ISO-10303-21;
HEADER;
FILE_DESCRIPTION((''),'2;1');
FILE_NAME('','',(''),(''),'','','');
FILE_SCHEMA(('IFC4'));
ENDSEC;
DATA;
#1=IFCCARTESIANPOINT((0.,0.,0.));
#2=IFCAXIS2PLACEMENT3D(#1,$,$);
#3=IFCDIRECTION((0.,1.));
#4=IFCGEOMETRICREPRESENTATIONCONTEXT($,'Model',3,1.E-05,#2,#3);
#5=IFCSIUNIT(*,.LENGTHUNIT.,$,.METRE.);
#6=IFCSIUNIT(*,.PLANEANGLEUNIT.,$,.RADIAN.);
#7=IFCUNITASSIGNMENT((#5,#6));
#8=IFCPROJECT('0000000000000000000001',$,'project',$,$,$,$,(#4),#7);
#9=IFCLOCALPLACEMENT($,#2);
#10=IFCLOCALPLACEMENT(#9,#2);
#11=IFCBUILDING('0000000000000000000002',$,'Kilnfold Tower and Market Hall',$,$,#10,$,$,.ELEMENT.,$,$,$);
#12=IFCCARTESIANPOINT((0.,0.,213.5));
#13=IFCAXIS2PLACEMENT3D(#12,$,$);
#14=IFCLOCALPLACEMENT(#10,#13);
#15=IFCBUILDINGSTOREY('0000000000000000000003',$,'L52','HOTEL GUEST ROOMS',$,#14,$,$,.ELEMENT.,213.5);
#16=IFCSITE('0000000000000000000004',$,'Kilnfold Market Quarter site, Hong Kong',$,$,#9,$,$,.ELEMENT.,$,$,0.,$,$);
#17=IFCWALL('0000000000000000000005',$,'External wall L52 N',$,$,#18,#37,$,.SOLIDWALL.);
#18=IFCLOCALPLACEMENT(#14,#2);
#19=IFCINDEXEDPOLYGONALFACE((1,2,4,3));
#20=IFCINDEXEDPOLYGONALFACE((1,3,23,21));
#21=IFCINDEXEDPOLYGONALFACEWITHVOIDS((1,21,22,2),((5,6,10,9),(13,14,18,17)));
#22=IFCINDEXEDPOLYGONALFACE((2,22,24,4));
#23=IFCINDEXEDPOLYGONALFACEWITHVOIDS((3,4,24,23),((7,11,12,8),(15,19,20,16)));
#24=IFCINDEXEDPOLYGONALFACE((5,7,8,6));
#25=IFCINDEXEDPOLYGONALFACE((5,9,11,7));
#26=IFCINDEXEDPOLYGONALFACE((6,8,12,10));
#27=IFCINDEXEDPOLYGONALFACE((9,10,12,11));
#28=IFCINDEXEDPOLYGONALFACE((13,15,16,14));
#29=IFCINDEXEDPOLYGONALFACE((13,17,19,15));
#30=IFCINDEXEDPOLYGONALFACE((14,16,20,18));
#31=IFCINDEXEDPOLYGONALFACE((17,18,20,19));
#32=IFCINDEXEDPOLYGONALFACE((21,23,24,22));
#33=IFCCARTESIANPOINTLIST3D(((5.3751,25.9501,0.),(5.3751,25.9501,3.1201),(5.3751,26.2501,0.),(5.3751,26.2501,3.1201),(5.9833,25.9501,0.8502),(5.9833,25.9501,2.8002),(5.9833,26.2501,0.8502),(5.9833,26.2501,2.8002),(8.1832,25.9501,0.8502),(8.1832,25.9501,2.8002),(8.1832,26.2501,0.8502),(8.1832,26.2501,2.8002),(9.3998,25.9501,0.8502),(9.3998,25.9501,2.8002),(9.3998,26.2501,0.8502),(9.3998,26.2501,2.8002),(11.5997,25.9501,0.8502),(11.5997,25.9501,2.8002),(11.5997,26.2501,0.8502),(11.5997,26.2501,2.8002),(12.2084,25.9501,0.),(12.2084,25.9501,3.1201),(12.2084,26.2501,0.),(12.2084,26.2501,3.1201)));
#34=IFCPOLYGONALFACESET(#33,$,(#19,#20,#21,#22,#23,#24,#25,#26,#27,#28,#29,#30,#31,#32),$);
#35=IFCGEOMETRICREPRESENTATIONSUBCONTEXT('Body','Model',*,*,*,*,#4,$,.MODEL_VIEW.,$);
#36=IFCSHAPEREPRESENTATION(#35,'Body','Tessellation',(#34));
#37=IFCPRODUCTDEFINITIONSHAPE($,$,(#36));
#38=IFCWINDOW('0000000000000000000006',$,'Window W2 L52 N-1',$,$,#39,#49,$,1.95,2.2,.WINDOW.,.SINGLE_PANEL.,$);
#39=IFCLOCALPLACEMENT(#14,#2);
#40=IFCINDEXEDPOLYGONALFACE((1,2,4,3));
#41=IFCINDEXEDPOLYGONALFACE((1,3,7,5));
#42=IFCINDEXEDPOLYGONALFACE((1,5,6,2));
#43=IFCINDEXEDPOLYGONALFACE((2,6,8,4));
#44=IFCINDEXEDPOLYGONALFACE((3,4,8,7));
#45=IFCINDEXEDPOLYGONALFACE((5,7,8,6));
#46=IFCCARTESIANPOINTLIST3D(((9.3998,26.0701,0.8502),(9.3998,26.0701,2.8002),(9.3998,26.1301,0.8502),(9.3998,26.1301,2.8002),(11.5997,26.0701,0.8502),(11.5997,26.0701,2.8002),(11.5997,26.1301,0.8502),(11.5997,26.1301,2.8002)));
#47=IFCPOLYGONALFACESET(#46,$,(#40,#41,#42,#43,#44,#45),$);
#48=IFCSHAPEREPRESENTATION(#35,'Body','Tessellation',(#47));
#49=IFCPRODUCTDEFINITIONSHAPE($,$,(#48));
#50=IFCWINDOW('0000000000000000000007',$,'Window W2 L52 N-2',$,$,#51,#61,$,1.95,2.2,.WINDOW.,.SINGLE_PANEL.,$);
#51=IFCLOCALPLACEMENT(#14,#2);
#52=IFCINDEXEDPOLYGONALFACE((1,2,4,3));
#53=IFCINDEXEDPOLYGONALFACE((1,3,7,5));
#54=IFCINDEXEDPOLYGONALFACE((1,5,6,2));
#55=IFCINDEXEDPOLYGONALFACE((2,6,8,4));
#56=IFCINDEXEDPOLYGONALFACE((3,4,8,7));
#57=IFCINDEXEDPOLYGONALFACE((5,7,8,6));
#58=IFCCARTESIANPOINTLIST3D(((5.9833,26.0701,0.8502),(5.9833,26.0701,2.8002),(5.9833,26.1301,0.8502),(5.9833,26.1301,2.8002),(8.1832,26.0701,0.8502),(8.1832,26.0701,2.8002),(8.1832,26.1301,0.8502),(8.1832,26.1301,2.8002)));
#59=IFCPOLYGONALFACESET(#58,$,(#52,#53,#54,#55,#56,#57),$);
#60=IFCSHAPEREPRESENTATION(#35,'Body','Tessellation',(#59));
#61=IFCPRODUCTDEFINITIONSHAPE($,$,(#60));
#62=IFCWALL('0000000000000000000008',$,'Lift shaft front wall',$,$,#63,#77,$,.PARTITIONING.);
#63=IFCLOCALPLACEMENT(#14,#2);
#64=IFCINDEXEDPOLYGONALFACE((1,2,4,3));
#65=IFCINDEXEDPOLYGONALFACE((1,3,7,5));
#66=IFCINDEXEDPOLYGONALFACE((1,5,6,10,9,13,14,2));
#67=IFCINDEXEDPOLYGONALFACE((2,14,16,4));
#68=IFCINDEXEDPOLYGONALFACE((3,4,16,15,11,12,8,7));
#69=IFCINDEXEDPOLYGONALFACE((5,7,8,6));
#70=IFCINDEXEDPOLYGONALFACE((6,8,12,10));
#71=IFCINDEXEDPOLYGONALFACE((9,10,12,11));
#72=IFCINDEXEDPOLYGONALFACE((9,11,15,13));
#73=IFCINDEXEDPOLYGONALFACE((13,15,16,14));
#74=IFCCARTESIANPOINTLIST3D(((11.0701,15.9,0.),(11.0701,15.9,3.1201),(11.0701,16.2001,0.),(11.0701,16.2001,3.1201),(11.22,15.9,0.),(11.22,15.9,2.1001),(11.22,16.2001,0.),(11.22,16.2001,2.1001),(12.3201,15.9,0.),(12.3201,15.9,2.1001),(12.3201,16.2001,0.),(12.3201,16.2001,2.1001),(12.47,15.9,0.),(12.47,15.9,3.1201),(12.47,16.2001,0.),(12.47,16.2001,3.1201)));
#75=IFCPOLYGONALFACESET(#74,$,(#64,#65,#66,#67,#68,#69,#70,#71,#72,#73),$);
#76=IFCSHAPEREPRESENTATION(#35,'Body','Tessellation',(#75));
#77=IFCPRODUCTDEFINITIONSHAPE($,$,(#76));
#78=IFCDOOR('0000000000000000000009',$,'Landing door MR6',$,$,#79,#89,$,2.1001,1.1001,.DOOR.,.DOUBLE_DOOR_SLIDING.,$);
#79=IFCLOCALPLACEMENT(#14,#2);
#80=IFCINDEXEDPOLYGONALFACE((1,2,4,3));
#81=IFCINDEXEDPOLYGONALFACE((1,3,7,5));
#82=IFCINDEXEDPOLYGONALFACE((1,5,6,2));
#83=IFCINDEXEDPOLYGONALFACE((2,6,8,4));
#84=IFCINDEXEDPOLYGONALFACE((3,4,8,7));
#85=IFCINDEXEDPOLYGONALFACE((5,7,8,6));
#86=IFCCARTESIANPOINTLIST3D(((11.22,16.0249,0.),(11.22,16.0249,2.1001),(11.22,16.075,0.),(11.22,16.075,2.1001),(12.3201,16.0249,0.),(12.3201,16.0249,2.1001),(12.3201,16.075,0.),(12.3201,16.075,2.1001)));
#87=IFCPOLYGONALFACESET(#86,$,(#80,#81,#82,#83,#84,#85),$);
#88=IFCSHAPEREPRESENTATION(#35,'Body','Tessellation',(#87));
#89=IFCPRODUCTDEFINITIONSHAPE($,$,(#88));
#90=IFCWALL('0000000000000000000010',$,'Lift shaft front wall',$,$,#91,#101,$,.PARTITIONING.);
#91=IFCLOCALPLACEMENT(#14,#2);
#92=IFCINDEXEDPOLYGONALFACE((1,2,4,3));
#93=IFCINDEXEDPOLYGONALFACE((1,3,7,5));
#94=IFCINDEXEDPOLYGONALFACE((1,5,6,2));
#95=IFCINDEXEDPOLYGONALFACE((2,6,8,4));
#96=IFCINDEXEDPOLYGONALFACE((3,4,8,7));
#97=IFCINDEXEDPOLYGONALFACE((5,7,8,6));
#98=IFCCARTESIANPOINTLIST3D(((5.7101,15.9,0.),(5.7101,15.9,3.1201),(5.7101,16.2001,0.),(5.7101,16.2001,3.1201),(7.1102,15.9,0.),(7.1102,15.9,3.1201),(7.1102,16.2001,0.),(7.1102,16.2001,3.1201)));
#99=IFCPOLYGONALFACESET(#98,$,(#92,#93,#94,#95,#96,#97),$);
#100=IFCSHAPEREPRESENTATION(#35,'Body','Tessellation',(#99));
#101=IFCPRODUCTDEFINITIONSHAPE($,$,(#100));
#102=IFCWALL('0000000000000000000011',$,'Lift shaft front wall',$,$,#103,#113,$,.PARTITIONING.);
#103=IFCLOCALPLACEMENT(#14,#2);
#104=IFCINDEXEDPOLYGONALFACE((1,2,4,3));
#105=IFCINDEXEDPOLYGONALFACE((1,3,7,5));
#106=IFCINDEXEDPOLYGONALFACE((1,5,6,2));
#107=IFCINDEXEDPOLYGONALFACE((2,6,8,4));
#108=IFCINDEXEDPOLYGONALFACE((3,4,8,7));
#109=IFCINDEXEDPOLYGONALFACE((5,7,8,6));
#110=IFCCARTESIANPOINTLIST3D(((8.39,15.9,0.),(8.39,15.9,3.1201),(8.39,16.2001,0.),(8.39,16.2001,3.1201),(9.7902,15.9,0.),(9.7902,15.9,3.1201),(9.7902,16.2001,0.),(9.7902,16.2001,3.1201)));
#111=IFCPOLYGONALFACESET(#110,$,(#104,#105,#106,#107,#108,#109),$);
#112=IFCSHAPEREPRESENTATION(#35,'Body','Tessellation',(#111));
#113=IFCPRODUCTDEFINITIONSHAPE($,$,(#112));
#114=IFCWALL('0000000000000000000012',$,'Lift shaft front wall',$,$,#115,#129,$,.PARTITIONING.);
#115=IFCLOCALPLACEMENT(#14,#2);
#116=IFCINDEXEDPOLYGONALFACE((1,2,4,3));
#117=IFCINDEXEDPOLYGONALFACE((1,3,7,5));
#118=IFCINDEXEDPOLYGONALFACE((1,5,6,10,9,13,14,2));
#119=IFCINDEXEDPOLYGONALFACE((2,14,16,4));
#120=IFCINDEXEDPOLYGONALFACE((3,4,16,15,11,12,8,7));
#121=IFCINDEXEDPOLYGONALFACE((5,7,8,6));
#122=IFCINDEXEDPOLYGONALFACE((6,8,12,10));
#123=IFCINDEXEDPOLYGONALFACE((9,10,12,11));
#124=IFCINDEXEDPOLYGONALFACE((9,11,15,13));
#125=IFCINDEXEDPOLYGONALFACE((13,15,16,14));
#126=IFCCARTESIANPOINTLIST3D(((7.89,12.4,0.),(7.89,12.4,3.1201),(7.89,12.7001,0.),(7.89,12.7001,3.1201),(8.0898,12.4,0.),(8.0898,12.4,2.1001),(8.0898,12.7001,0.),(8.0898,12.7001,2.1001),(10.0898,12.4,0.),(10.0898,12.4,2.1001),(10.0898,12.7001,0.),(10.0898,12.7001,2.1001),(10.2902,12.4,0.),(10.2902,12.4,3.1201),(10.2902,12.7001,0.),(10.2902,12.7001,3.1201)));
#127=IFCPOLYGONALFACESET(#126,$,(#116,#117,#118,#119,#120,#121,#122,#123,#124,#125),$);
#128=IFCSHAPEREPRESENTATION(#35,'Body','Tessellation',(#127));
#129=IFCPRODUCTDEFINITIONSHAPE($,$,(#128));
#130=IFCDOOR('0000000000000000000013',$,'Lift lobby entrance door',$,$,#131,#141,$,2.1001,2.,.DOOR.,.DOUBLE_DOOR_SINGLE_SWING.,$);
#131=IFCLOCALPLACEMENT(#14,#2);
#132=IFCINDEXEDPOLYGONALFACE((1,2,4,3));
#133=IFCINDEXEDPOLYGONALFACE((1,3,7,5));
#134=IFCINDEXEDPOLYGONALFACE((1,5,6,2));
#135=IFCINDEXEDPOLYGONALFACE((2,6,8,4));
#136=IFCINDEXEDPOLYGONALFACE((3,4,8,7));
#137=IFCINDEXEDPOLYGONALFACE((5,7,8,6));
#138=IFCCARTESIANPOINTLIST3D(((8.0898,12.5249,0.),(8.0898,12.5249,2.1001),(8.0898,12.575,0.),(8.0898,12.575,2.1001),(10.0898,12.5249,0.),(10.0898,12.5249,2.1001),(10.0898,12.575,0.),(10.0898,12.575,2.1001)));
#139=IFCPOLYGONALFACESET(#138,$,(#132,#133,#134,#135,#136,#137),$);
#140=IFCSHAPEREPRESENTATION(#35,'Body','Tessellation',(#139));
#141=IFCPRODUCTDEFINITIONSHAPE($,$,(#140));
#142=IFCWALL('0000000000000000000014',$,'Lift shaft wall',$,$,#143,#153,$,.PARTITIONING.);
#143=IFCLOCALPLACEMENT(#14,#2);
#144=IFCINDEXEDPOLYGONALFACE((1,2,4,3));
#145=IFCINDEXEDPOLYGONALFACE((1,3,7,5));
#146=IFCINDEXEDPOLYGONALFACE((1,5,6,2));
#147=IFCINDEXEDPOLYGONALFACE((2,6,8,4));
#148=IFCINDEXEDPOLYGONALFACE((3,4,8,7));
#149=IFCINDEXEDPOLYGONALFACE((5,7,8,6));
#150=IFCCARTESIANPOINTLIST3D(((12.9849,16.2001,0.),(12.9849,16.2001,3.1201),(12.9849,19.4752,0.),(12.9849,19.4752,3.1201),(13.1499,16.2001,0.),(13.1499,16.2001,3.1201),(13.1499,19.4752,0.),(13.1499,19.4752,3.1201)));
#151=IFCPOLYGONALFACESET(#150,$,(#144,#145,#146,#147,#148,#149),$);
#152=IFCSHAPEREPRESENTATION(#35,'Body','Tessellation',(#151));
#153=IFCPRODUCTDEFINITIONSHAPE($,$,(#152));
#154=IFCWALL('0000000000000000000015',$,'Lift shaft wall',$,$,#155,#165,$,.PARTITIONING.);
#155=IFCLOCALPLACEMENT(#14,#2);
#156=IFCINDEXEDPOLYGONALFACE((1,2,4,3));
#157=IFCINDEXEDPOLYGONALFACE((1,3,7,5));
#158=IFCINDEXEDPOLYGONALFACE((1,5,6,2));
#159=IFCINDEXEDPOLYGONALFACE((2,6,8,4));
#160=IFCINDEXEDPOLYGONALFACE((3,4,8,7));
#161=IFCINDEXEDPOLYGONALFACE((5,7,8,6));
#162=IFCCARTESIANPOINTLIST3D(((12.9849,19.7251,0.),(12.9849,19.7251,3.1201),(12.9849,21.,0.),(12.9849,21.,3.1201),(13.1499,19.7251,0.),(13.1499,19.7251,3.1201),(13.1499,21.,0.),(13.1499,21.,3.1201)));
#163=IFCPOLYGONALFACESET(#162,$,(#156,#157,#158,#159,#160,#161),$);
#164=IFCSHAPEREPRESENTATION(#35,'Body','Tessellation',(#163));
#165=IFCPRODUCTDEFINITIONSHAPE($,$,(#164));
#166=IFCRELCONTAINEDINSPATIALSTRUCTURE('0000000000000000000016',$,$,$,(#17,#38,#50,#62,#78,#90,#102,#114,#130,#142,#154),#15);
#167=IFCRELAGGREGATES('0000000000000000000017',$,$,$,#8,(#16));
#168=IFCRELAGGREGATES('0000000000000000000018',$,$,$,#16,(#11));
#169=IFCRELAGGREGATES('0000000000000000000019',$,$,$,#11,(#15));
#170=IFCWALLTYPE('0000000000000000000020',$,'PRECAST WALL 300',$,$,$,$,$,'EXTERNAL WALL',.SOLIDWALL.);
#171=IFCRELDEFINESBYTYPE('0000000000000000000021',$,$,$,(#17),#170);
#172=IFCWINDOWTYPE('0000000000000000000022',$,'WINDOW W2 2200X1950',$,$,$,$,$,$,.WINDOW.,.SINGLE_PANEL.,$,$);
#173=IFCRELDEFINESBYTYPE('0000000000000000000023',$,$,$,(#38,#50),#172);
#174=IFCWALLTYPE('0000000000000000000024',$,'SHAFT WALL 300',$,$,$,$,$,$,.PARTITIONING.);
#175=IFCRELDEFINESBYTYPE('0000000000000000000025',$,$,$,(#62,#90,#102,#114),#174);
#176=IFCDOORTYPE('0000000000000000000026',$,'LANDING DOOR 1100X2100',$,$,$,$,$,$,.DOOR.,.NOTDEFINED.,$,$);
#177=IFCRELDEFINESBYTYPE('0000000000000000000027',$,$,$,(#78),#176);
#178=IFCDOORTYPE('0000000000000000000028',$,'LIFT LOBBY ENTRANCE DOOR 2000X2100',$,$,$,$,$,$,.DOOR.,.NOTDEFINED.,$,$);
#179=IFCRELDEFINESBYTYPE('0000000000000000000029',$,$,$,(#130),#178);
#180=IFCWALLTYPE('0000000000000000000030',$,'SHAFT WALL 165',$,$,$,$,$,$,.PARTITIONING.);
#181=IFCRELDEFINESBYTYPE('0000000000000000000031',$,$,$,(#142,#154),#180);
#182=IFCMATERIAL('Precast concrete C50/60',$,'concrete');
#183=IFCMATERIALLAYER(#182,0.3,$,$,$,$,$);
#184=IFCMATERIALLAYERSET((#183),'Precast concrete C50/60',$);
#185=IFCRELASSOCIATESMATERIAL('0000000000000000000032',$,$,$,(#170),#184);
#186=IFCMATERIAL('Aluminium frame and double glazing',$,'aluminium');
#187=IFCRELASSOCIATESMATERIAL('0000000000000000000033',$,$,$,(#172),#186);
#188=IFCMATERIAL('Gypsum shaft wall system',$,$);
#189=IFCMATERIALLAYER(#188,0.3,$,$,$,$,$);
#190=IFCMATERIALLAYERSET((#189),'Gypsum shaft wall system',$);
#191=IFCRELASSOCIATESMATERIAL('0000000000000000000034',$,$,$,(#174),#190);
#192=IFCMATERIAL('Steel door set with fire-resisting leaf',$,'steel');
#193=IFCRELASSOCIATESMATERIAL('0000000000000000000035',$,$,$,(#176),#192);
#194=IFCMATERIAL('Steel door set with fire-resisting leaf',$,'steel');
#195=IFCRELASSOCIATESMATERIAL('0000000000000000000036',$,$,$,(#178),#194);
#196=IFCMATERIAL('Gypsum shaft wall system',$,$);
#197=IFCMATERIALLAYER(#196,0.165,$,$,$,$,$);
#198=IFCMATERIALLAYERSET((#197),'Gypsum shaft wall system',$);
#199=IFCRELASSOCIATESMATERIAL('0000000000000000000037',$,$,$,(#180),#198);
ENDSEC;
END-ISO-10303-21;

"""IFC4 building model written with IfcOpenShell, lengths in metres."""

from ifc_helpers import new_model, si_unit, direction, frame, frame_2d, origin, place, context, subcontext, project, spatial, rectangle, extrude, source, transform, mapped, material, layer, layer_set, type_object, element, fill, save


model = new_model("IFC4")

# Units and contexts
model_context = context("Model", 3, precision=1e-05, world=origin(), true_north=direction((0.0, 1.0)))
body_context = subcontext(model_context, "Body", "Model", "MODEL_VIEW")
ifc_project = project(units=[si_unit("LENGTHUNIT", "METRE"), si_unit("PLANEANGLEUNIT", "RADIAN")], contexts=[model_context])

# Site, building, storey
site_placement = place(None, origin())
site = spatial("IfcSite", under=ifc_project, at=site_placement, Name="Kilnfold Market Quarter site, Hong Kong", CompositionType="ELEMENT", RefElevation=0.0)
building_placement = place(site_placement, origin())
building = spatial("IfcBuilding", under=site, at=building_placement, Name="Kilnfold Tower and Market Hall", CompositionType="ELEMENT")
storey_placement = place(building_placement, frame((0.0, 0.0, 213.5)))
storey = spatial("IfcBuildingStorey", under=building, at=storey_placement, Name="L52", Description="HOTEL GUEST ROOMS", CompositionType="ELEMENT", Elevation=213.5)

# Wall, openings, windows
ifc_material_1 = material(Name="Precast concrete C50/60", Category="concrete")
ifc_layer_1 = layer(ifc_material_1, 0.3)
ifc_layer_set_1 = layer_set([ifc_layer_1], Name="Precast concrete C50/60")
wall_type_1 = type_object("IfcWallType", Name="PRECAST WALL 300", ElementType="EXTERNAL WALL", PredefinedType="SOLIDWALL", material=ifc_layer_set_1)
shared_shape_1 = source(origin(), body_context, "Body", "SweptSolid", [
    extrude(rectangle(XDim=6.8333, YDim=0.3, at=frame_2d((3.4165, 0.0))), origin(), (0.0, 0.0, 1.0), 3.1201),
])
wall_1_placement = place(storey_placement, frame((12.2083, 26.1001, 0.0), z_axis=(0.0, 0.0, 1.0), x_axis=(-1.0, 0.0, 0.0)))
wall_1 = element("IfcWall", 1, at=wall_1_placement, inside=storey, type_object=wall_type_1, Name="External wall L52 N", PredefinedType="SOLIDWALL", context=body_context, shape_type="MappedRepresentation", body=[
    mapped(shared_shape_1, transform((0.0, 0.0, 0.0))),
])
opening_1_placement = place(wall_1_placement, frame((0.6084, 0.0, 0.8501)))
opening_1 = element("IfcOpeningElement", 2, at=opening_1_placement, cuts=wall_1, PredefinedType="OPENING", context=body_context, shape_type="SweptSolid", body=[
    extrude(rectangle(XDim=2.2, YDim=1.95, at=frame_2d((1.1001, 0.9751))), frame((0.0, 0.1602, 0.0), z_axis=(0.0, -1.0, 0.0), x_axis=(1.0, 0.0, 0.0)), (0.0, 0.0, 1.0), 0.3201),
])
opening_2_placement = place(wall_1_placement, frame((4.0249, 0.0, 0.8501)))
opening_2 = element("IfcOpeningElement", 3, at=opening_2_placement, cuts=wall_1, PredefinedType="OPENING", context=body_context, shape_type="SweptSolid", body=[
    extrude(rectangle(XDim=2.2, YDim=1.95, at=frame_2d((1.1001, 0.9751))), frame((0.0, 0.1602, 0.0), z_axis=(0.0, -1.0, 0.0), x_axis=(1.0, 0.0, 0.0)), (0.0, 0.0, 1.0), 0.3201),
])
ifc_material_2 = material(Name="Aluminium frame and double glazing", Category="aluminium")
window_type = type_object("IfcWindowType", Name="WINDOW W2 2200X1950", PartitioningType="SINGLE_PANEL", PredefinedType="WINDOW", material=ifc_material_2)
window_1_placement = place(opening_1_placement, origin())
window_1 = element("IfcWindow", 4, at=window_1_placement, inside=storey, type_object=window_type, Name="Window W2 L52 N-1", OverallHeight=1.95, OverallWidth=2.2, PartitioningType="SINGLE_PANEL", PredefinedType="WINDOW", context=body_context, shape_type="SweptSolid", body=[
    extrude(rectangle(XDim=2.2, YDim=1.95, at=frame_2d((1.1001, 0.9751))), frame((0.0, 0.03, 0.0), z_axis=(0.0, -1.0, 0.0), x_axis=(1.0, 0.0, 0.0)), (0.0, 0.0, 1.0), 0.0601),
])
fill(opening_1, window_1)
window_2_placement = place(opening_2_placement, origin())
window_2 = element("IfcWindow", 5, at=window_2_placement, inside=storey, type_object=window_type, Name="Window W2 L52 N-2", OverallHeight=1.95, OverallWidth=2.2, PartitioningType="SINGLE_PANEL", PredefinedType="WINDOW", context=body_context, shape_type="SweptSolid", body=[
    extrude(rectangle(XDim=2.2, YDim=1.95, at=frame_2d((1.1001, 0.9751))), frame((0.0, 0.03, 0.0), z_axis=(0.0, -1.0, 0.0), x_axis=(1.0, 0.0, 0.0)), (0.0, 0.0, 1.0), 0.0601),
])
fill(opening_2, window_2)

# Wall, opening, door
ifc_material_3 = material(Name="Gypsum shaft wall system")
ifc_layer_2 = layer(ifc_material_3, 0.3)
ifc_layer_set_2 = layer_set([ifc_layer_2], Name="Gypsum shaft wall system")
wall_type_2 = type_object("IfcWallType", Name="SHAFT WALL 300", PredefinedType="PARTITIONING", material=ifc_layer_set_2)
shared_shape_2 = source(origin(), body_context, "Body", "SweptSolid", [
    extrude(rectangle(XDim=1.3999, YDim=0.3, at=frame_2d((0.7, 0.0))), origin(), (0.0, 0.0, 1.0), 3.1201),
])
wall_2_placement = place(storey_placement, frame((11.0701, 16.05, 0.0), z_axis=(0.0, 0.0, 1.0), x_axis=(1.0, 0.0, 0.0)))
wall_2 = element("IfcWall", 6, at=wall_2_placement, inside=storey, type_object=wall_type_2, Name="Lift shaft front wall", PredefinedType="PARTITIONING", context=body_context, shape_type="MappedRepresentation", body=[
    mapped(shared_shape_2, transform((0.0, 0.0, 0.0))),
])
opening_3_placement = place(wall_2_placement, frame((0.1499, 0.0, 0.0)))
opening_3 = element("IfcOpeningElement", 7, at=opening_3_placement, cuts=wall_2, PredefinedType="OPENING", context=body_context, shape_type="SweptSolid", body=[
    extrude(rectangle(XDim=1.1001, YDim=2.1001, at=frame_2d((0.55, 1.05))), frame((0.0, 0.1602, 0.0), z_axis=(0.0, -1.0, 0.0), x_axis=(1.0, 0.0, 0.0)), (0.0, 0.0, 1.0), 0.3201),
])
ifc_material_4 = material(Name="Steel door set with fire-resisting leaf", Category="steel")
door_type_1 = type_object("IfcDoorType", Name="LANDING DOOR 1100X2100", OperationType="NOTDEFINED", PredefinedType="DOOR", material=ifc_material_4)
door_1_placement = place(opening_3_placement, origin())
door_1 = element("IfcDoor", 8, at=door_1_placement, inside=storey, type_object=door_type_1, Name="Landing door MR6", OperationType="DOUBLE_DOOR_SLIDING", OverallHeight=2.1001, OverallWidth=1.1001, PredefinedType="DOOR", context=body_context, shape_type="SweptSolid", body=[
    extrude(rectangle(XDim=1.1001, YDim=2.1001, at=frame_2d((0.55, 1.05))), frame((0.0, 0.0249, 0.0), z_axis=(0.0, -1.0, 0.0), x_axis=(1.0, 0.0, 0.0)), (0.0, 0.0, 1.0), 0.05),
])
fill(opening_3, door_1)

# Walls
shared_shape_3 = source(origin(), body_context, "Body", "SweptSolid", [
    extrude(rectangle(XDim=1.4001, YDim=0.3, at=frame_2d((0.7002, 0.0))), origin(), (0.0, 0.0, 1.0), 3.1201),
])
for number, where, z_axis, x_axis, name in (
    (9, (5.71, 16.05, 0.0), (0.0, 0.0, 1.0), (1.0, 0.0, 0.0), "Lift shaft front wall"),
    (10, (8.3899, 16.05, 0.0), (0.0, 0.0, 1.0), (1.0, 0.0, 0.0), "Lift shaft front wall"),
):
    element("IfcWall", number, at=place(storey_placement, frame(where, z_axis=z_axis, x_axis=x_axis)), inside=storey, type_object=wall_type_2, Name=name, PredefinedType="PARTITIONING", context=body_context, shape_type="MappedRepresentation", body=[
        mapped(shared_shape_3, transform((0.0, 0.0, 0.0))),
    ])

# Wall, opening, door
shared_shape_4 = source(origin(), body_context, "Body", "SweptSolid", [
    extrude(rectangle(XDim=2.4001, YDim=0.3, at=frame_2d((1.2002, 0.0))), origin(), (0.0, 0.0, 1.0), 3.1201),
])
wall_3_placement = place(storey_placement, frame((7.8899, 12.55, 0.0), z_axis=(0.0, 0.0, 1.0), x_axis=(1.0, 0.0, 0.0)))
wall_3 = element("IfcWall", 11, at=wall_3_placement, inside=storey, type_object=wall_type_2, Name="Lift shaft front wall", PredefinedType="PARTITIONING", context=body_context, shape_type="MappedRepresentation", body=[
    mapped(shared_shape_4, transform((0.0, 0.0, 0.0))),
])
opening_4_placement = place(wall_3_placement, frame((0.2, 0.0, 0.0)))
opening_4 = element("IfcOpeningElement", 12, at=opening_4_placement, cuts=wall_3, PredefinedType="OPENING", context=body_context, shape_type="SweptSolid", body=[
    extrude(rectangle(XDim=2.0, YDim=2.1001, at=frame_2d((1.0, 1.05))), frame((0.0, 0.1602, 0.0), z_axis=(0.0, -1.0, 0.0), x_axis=(1.0, 0.0, 0.0)), (0.0, 0.0, 1.0), 0.3201),
])
ifc_material_5 = material(Name="Steel door set with fire-resisting leaf", Category="steel")
door_type_2 = type_object("IfcDoorType", Name="LIFT LOBBY ENTRANCE DOOR 2000X2100", OperationType="NOTDEFINED", PredefinedType="DOOR", material=ifc_material_5)
door_2_placement = place(opening_4_placement, origin())
door_2 = element("IfcDoor", 13, at=door_2_placement, inside=storey, type_object=door_type_2, Name="Lift lobby entrance door", OperationType="DOUBLE_DOOR_SINGLE_SWING", OverallHeight=2.1001, OverallWidth=2.0, PredefinedType="DOOR", context=body_context, shape_type="SweptSolid", body=[
    extrude(rectangle(XDim=2.0, YDim=2.1001, at=frame_2d((1.0, 1.05))), frame((0.0, 0.0249, 0.0), z_axis=(0.0, -1.0, 0.0), x_axis=(1.0, 0.0, 0.0)), (0.0, 0.0, 1.0), 0.05),
])
fill(opening_4, door_2)

# Walls
ifc_material_6 = material(Name="Gypsum shaft wall system")
ifc_layer_3 = layer(ifc_material_6, 0.165)
ifc_layer_set_3 = layer_set([ifc_layer_3], Name="Gypsum shaft wall system")
wall_type_3 = type_object("IfcWallType", Name="SHAFT WALL 165", PredefinedType="PARTITIONING", material=ifc_layer_set_3)
shared_shape_5 = source(origin(), body_context, "Body", "SweptSolid", [
    extrude(rectangle(XDim=3.2751, YDim=0.165, at=frame_2d((1.6377, 0.0))), origin(), (0.0, 0.0, 1.0), 3.1201),
])
wall_4_placement = place(storey_placement, frame((13.0674, 16.2, 0.0), z_axis=(0.0, 0.0, 1.0), x_axis=(0.0, 1.0, 0.0)))
element("IfcWall", 14, at=wall_4_placement, inside=storey, type_object=wall_type_3, Name="Lift shaft wall", PredefinedType="PARTITIONING", context=body_context, shape_type="MappedRepresentation", body=[
    mapped(shared_shape_5, transform((0.0, 0.0, 0.0))),
])
shared_shape_6 = source(origin(), body_context, "Body", "SweptSolid", [
    extrude(rectangle(XDim=1.2749, YDim=0.165, at=frame_2d((0.6375, 0.0))), origin(), (0.0, 0.0, 1.0), 3.1201),
])
wall_5_placement = place(storey_placement, frame((13.0674, 19.7251, 0.0), z_axis=(0.0, 0.0, 1.0), x_axis=(0.0, 1.0, 0.0)))
element("IfcWall", 15, at=wall_5_placement, inside=storey, type_object=wall_type_3, Name="Lift shaft wall", PredefinedType="PARTITIONING", context=body_context, shape_type="MappedRepresentation", body=[
    mapped(shared_shape_6, transform((0.0, 0.0, 0.0))),
])

save(model, "model.ifc")
